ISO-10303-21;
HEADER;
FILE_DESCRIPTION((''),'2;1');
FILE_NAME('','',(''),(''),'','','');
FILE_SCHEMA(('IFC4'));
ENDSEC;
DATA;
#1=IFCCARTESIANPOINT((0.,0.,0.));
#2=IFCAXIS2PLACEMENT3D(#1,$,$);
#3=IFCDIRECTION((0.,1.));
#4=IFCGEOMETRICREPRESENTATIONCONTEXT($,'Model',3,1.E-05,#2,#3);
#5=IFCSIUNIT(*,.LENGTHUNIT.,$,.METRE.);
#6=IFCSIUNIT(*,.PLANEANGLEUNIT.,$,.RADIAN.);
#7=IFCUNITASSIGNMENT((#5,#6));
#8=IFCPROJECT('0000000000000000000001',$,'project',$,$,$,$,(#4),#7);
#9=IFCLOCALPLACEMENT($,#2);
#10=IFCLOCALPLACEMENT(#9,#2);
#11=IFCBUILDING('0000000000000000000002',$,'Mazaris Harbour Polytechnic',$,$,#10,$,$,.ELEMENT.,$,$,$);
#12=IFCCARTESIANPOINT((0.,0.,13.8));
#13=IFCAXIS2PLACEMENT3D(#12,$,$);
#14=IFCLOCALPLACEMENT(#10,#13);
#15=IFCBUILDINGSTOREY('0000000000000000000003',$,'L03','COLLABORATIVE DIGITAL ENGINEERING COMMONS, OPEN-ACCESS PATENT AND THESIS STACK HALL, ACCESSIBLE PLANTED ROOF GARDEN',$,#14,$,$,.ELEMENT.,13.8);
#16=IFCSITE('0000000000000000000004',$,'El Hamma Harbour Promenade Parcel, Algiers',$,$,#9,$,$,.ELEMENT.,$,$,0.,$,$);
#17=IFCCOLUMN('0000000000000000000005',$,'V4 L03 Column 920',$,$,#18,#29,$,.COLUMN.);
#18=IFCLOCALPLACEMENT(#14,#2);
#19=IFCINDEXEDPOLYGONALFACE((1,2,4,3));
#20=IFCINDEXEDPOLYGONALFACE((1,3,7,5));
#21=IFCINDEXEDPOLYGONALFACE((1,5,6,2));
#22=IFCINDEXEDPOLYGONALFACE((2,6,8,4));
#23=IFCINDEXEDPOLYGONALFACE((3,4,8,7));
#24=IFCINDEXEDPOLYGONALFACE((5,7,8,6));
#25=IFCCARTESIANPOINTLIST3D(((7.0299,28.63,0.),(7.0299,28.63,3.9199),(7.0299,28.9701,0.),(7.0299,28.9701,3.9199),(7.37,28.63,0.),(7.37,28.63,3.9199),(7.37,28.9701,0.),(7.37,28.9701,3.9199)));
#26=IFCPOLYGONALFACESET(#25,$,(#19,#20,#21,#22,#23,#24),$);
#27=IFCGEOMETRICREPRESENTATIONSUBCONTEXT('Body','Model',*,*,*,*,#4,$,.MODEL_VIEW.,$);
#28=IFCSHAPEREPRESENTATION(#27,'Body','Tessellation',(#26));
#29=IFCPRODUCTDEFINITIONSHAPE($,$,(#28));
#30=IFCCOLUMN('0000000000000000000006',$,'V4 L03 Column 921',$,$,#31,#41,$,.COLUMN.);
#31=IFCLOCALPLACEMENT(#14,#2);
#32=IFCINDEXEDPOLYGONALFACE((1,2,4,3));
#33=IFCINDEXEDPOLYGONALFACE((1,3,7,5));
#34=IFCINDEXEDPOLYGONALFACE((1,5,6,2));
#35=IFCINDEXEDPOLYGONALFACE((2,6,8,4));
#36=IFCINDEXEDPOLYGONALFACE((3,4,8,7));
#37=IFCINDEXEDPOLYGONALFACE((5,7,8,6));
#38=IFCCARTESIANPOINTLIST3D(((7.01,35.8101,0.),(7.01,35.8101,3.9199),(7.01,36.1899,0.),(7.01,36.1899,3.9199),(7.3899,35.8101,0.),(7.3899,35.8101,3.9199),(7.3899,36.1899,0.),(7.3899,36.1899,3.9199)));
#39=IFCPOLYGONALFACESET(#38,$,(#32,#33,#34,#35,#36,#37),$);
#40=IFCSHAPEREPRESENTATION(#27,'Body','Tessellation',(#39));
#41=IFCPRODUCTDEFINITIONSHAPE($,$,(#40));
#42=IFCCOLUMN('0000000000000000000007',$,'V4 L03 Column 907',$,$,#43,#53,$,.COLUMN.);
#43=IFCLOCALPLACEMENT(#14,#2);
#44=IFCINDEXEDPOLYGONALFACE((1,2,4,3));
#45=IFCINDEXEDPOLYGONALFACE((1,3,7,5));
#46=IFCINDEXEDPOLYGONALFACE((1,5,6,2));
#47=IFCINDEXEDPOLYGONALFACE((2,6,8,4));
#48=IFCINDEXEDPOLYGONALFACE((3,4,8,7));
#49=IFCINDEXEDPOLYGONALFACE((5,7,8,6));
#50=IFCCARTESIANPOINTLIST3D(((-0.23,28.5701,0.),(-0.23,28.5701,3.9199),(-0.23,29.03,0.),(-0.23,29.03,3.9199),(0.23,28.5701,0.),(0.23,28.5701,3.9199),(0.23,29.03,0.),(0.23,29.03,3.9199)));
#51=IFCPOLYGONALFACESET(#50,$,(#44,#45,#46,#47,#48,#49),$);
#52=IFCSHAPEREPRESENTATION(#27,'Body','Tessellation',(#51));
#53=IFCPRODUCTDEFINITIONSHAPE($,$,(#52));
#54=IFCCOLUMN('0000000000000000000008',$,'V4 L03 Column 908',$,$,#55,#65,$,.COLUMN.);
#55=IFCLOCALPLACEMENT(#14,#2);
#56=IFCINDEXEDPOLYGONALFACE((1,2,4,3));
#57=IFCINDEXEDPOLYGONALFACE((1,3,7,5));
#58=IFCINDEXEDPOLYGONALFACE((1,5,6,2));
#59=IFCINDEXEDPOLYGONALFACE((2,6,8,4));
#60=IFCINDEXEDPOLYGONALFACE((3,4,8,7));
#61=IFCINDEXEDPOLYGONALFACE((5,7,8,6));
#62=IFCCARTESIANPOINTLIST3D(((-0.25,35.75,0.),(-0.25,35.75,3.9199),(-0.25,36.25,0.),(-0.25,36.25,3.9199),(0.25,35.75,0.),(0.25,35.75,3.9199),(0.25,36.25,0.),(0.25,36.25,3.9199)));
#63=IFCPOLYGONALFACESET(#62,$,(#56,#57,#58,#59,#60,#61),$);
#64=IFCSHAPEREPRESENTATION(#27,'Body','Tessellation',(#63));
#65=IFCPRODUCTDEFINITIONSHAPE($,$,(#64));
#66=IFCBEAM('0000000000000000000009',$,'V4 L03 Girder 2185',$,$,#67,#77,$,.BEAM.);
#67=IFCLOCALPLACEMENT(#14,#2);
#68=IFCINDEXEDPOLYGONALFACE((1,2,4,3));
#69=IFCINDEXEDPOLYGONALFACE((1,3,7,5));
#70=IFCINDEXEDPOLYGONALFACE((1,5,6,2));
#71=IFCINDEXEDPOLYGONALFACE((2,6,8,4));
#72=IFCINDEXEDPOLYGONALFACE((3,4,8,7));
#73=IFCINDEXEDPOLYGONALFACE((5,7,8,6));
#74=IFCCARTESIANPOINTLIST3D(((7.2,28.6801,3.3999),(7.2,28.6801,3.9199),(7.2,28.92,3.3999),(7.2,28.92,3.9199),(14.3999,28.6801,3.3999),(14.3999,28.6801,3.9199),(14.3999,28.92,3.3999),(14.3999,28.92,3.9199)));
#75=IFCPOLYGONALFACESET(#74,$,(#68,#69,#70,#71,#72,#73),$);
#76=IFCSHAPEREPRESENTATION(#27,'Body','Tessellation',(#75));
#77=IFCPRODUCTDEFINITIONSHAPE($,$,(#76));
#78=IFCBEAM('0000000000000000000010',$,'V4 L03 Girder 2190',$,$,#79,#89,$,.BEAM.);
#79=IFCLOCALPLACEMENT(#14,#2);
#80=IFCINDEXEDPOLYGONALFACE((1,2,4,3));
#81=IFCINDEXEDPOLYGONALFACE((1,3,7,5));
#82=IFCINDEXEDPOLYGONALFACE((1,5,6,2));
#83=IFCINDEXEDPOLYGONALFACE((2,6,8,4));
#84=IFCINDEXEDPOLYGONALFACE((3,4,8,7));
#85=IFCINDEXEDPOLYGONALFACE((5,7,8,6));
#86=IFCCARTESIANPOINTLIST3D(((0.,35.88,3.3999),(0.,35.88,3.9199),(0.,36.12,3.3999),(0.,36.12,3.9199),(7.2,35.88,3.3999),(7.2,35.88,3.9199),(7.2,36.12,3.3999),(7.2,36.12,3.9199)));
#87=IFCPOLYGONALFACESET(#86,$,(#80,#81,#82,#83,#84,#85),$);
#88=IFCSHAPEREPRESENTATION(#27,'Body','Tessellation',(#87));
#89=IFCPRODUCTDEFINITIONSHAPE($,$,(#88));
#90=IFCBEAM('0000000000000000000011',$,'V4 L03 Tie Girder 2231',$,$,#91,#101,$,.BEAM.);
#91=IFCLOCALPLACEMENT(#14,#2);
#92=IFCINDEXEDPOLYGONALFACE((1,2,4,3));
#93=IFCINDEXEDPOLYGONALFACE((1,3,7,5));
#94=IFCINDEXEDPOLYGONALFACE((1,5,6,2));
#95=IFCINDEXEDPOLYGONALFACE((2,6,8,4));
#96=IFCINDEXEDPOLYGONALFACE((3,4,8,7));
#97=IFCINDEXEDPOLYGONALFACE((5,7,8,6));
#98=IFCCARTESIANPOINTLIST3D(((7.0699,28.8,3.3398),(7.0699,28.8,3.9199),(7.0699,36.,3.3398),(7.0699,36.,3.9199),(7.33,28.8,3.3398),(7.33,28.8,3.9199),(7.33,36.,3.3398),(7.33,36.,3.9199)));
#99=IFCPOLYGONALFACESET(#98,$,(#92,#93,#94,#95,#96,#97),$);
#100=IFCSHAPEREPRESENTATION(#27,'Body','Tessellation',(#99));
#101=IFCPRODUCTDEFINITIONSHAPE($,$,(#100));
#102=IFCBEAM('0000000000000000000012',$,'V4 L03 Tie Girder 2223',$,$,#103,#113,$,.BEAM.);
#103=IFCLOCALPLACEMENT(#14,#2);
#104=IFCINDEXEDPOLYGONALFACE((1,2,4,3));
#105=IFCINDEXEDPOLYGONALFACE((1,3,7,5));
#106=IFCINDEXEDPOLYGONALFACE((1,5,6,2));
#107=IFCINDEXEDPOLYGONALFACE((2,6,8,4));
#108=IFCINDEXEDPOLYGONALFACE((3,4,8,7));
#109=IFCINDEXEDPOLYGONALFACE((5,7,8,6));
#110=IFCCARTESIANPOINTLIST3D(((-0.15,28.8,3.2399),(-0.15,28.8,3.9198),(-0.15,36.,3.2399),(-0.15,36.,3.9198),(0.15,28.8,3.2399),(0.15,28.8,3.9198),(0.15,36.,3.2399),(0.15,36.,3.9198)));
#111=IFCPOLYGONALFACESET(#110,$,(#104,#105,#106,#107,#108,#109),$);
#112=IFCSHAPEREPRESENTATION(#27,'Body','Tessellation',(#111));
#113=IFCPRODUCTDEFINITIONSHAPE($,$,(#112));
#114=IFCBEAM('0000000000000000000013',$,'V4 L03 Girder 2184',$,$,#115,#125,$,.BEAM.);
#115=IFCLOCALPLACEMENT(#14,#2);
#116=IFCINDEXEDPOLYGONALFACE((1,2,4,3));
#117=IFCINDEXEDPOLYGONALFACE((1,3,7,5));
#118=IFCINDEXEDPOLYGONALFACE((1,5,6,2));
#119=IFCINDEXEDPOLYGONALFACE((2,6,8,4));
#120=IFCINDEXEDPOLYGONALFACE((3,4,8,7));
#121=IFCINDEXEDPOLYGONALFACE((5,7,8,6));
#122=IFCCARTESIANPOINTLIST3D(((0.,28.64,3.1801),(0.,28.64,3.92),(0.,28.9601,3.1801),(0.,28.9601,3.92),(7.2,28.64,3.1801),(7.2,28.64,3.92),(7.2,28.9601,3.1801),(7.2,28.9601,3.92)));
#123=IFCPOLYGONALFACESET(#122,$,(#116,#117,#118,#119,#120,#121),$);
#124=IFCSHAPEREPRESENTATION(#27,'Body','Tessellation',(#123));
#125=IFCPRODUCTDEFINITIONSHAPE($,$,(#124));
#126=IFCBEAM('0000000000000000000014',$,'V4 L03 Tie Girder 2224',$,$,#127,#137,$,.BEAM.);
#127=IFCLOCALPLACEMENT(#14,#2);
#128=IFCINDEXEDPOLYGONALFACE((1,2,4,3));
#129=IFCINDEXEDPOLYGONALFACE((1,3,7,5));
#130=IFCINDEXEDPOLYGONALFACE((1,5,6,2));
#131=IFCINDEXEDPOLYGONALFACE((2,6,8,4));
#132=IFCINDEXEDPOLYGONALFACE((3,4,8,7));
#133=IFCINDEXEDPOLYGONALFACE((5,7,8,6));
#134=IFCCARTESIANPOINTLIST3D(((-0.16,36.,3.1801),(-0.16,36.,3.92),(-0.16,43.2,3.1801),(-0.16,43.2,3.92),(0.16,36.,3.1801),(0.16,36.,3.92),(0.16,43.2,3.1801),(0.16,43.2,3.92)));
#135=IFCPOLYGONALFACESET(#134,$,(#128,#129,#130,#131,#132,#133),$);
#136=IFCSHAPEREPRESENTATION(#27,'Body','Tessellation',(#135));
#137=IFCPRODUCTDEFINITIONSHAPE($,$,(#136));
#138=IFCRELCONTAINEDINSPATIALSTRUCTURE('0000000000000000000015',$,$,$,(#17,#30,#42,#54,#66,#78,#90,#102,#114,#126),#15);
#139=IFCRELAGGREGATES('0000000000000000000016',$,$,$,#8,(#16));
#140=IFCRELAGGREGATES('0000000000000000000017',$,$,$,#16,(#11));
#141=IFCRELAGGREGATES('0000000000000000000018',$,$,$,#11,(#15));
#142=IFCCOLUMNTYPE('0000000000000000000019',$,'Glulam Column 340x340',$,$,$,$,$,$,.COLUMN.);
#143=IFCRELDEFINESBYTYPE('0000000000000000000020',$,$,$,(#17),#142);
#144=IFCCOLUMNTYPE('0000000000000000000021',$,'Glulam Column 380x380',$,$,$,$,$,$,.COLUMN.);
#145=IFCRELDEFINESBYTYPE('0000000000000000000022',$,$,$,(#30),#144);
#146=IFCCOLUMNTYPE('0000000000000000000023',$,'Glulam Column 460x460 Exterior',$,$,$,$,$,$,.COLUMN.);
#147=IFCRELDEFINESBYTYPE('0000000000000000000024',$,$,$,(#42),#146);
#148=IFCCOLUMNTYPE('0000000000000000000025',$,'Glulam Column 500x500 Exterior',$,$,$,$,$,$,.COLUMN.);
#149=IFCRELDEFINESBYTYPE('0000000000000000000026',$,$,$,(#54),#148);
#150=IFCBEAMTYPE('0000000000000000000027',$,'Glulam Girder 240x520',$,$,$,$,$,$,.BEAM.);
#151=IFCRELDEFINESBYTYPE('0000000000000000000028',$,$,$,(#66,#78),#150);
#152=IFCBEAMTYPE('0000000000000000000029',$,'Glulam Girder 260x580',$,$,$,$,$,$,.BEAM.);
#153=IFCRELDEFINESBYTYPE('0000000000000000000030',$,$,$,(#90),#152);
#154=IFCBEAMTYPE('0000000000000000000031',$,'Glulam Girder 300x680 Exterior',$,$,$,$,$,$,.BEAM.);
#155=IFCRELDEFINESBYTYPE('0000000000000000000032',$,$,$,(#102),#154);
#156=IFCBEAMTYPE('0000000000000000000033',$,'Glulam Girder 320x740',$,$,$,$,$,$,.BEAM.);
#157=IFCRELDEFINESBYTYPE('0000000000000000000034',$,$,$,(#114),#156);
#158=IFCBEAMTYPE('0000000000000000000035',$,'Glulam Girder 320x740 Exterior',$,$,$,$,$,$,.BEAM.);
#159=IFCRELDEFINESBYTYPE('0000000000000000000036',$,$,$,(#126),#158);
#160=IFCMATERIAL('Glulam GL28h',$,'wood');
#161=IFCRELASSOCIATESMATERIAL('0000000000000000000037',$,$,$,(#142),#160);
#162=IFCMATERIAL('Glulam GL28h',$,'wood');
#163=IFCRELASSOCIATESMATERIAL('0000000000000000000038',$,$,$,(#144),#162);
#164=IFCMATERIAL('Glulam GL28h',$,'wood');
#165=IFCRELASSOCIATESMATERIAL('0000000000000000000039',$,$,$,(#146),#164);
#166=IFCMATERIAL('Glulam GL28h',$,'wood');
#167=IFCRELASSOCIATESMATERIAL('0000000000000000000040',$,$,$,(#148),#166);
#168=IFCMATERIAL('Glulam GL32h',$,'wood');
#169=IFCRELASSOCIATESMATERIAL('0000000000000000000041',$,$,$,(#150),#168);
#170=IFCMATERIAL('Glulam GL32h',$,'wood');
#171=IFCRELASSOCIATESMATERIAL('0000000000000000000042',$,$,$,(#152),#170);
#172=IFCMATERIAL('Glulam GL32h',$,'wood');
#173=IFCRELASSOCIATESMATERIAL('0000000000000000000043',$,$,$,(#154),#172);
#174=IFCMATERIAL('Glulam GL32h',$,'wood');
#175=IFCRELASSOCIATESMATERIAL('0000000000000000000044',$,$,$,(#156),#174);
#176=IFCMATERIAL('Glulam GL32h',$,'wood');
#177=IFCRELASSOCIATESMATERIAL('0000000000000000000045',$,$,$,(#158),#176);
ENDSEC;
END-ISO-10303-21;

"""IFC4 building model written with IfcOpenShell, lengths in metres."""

from ifc_helpers import new_model, si_unit, direction, frame, origin, origin_2d, place, context, subcontext, project, spatial, rectangle, extrude, material, material_profile, profile_set, type_object, element, save


model = new_model("IFC4")

# Units and contexts
model_context = context("Model", 3, precision=1e-05, world=origin(), true_north=direction((0.0, 1.0)))
body_context = subcontext(model_context, "Body", "Model", "MODEL_VIEW")
ifc_project = project(units=[si_unit("LENGTHUNIT", "METRE"), si_unit("PLANEANGLEUNIT", "RADIAN")], contexts=[model_context])

# Site, building, storey
site_placement = place(None, origin())
site = spatial("IfcSite", under=ifc_project, at=site_placement, Name="El Hamma Harbour Promenade Parcel, Algiers", CompositionType="ELEMENT", RefElevation=0.0)
building_placement = place(site_placement, origin())
building = spatial("IfcBuilding", under=site, at=building_placement, Name="Mazaris Harbour Polytechnic", CompositionType="ELEMENT")
storey_placement = place(building_placement, frame((0.0, 0.0, 13.8)))
storey = spatial("IfcBuildingStorey", under=building, at=storey_placement, Name="L03", Description="COLLABORATIVE DIGITAL ENGINEERING COMMONS, OPEN-ACCESS PATENT AND THESIS STACK HALL, ACCESSIBLE PLANTED ROOF GARDEN", CompositionType="ELEMENT", Elevation=13.8)

# Columns
ifc_material_1 = material(Name="Glulam GL28h", Category="wood")
ifc_material_profile_1 = material_profile(ifc_material_1, rectangle(XDim=0.3401, YDim=0.3401, at=origin_2d()), Name="RECT340x340")
ifc_profile_set_1 = profile_set([ifc_material_profile_1], Name="Glulam GL28h")
column_type_1 = type_object("IfcColumnType", Name="Glulam Column 340x340", PredefinedType="COLUMN", material=ifc_profile_set_1)
column_1_placement = place(storey_placement, frame((7.2, 28.8, 0.0), z_axis=(0.0, 0.0, 1.0), x_axis=(1.0, 0.0, 0.0)))
element("IfcColumn", 1, at=column_1_placement, inside=storey, type_object=column_type_1, Name="V4 L03 Column 920", PredefinedType="COLUMN", context=body_context, shape_type="SweptSolid", body=[
    extrude(rectangle(XDim=0.3401, YDim=0.3401, at=origin_2d()), origin(), (0.0, 0.0, 1.0), 3.9199),
])
ifc_material_2 = material(Name="Glulam GL28h", Category="wood")
ifc_material_profile_2 = material_profile(ifc_material_2, rectangle(XDim=0.3799, YDim=0.3799, at=origin_2d()), Name="RECT380x380")
ifc_profile_set_2 = profile_set([ifc_material_profile_2], Name="Glulam GL28h")
column_type_2 = type_object("IfcColumnType", Name="Glulam Column 380x380", PredefinedType="COLUMN", material=ifc_profile_set_2)
column_2_placement = place(storey_placement, frame((7.2, 36.0, 0.0), z_axis=(0.0, 0.0, 1.0), x_axis=(1.0, 0.0, 0.0)))
element("IfcColumn", 2, at=column_2_placement, inside=storey, type_object=column_type_2, Name="V4 L03 Column 921", PredefinedType="COLUMN", context=body_context, shape_type="SweptSolid", body=[
    extrude(rectangle(XDim=0.3799, YDim=0.3799, at=origin_2d()), origin(), (0.0, 0.0, 1.0), 3.9199),
])
ifc_material_3 = material(Name="Glulam GL28h", Category="wood")
ifc_material_profile_3 = material_profile(ifc_material_3, rectangle(XDim=0.46, YDim=0.46, at=origin_2d()), Name="RECT460x460")
ifc_profile_set_3 = profile_set([ifc_material_profile_3], Name="Glulam GL28h")
column_type_3 = type_object("IfcColumnType", Name="Glulam Column 460x460 Exterior", PredefinedType="COLUMN", material=ifc_profile_set_3)
column_3_placement = place(storey_placement, frame((0.0, 28.8, 0.0), z_axis=(0.0, 0.0, 1.0), x_axis=(1.0, 0.0, 0.0)))
element("IfcColumn", 3, at=column_3_placement, inside=storey, type_object=column_type_3, Name="V4 L03 Column 907", PredefinedType="COLUMN", context=body_context, shape_type="SweptSolid", body=[
    extrude(rectangle(XDim=0.46, YDim=0.46, at=origin_2d()), origin(), (0.0, 0.0, 1.0), 3.9199),
])
ifc_material_4 = material(Name="Glulam GL28h", Category="wood")
ifc_material_profile_4 = material_profile(ifc_material_4, rectangle(XDim=0.5, YDim=0.5, at=origin_2d()), Name="RECT500x500")
ifc_profile_set_4 = profile_set([ifc_material_profile_4], Name="Glulam GL28h")
column_type_4 = type_object("IfcColumnType", Name="Glulam Column 500x500 Exterior", PredefinedType="COLUMN", material=ifc_profile_set_4)
column_4_placement = place(storey_placement, frame((0.0, 36.0, 0.0), z_axis=(0.0, 0.0, 1.0), x_axis=(1.0, 0.0, 0.0)))
element("IfcColumn", 4, at=column_4_placement, inside=storey, type_object=column_type_4, Name="V4 L03 Column 908", PredefinedType="COLUMN", context=body_context, shape_type="SweptSolid", body=[
    extrude(rectangle(XDim=0.5, YDim=0.5, at=origin_2d()), origin(), (0.0, 0.0, 1.0), 3.9199),
])

# Beams
ifc_material_5 = material(Name="Glulam GL32h", Category="wood")
ifc_material_profile_5 = material_profile(ifc_material_5, rectangle(XDim=0.24, YDim=0.52, at=origin_2d()), Name="RECT240x520")
ifc_profile_set_5 = profile_set([ifc_material_profile_5], Name="Glulam GL32h")
beam_type_1 = type_object("IfcBeamType", Name="Glulam Girder 240x520", PredefinedType="BEAM", material=ifc_profile_set_5)
for number, where, z_axis, x_axis, name in (
    (5, (7.2, 28.8, 3.6599), (1.0, 0.0, 0.0), (0.0, 1.0, 0.0), "V4 L03 Girder 2185"),
    (6, (0.0, 36.0, 3.6599), (1.0, 0.0, 0.0), (0.0, 1.0, 0.0), "V4 L03 Girder 2190"),
):
    element("IfcBeam", number, at=place(storey_placement, frame(where, z_axis=z_axis, x_axis=x_axis)), inside=storey, type_object=beam_type_1, Name=name, PredefinedType="BEAM", context=body_context, shape_type="SweptSolid", body=[
        extrude(rectangle(XDim=0.24, YDim=0.52, at=origin_2d()), origin(), (0.0, 0.0, 1.0), 7.2),
    ])
ifc_material_6 = material(Name="Glulam GL32h", Category="wood")
ifc_material_profile_6 = material_profile(ifc_material_6, rectangle(XDim=0.26, YDim=0.5801, at=origin_2d()), Name="RECT260x580")
ifc_profile_set_6 = profile_set([ifc_material_profile_6], Name="Glulam GL32h")
beam_type_2 = type_object("IfcBeamType", Name="Glulam Girder 260x580", PredefinedType="BEAM", material=ifc_profile_set_6)
beam_1_placement = place(storey_placement, frame((7.2, 28.8, 3.6299), z_axis=(0.0, 1.0, 0.0), x_axis=(-1.0, 0.0, 0.0)))
element("IfcBeam", 7, at=beam_1_placement, inside=storey, type_object=beam_type_2, Name="V4 L03 Tie Girder 2231", PredefinedType="BEAM", context=body_context, shape_type="SweptSolid", body=[
    extrude(rectangle(XDim=0.26, YDim=0.5801, at=origin_2d()), origin(), (0.0, 0.0, 1.0), 7.2),
])
ifc_material_7 = material(Name="Glulam GL32h", Category="wood")
ifc_material_profile_7 = material_profile(ifc_material_7, rectangle(XDim=0.3, YDim=0.6799, at=origin_2d()), Name="RECT300x680")
ifc_profile_set_7 = profile_set([ifc_material_profile_7], Name="Glulam GL32h")
beam_type_3 = type_object("IfcBeamType", Name="Glulam Girder 300x680 Exterior", PredefinedType="BEAM", material=ifc_profile_set_7)
beam_2_placement = place(storey_placement, frame((0.0, 28.8, 3.5798), z_axis=(0.0, 1.0, 0.0), x_axis=(-1.0, 0.0, 0.0)))
element("IfcBeam", 8, at=beam_2_placement, inside=storey, type_object=beam_type_3, Name="V4 L03 Tie Girder 2223", PredefinedType="BEAM", context=body_context, shape_type="SweptSolid", body=[
    extrude(rectangle(XDim=0.3, YDim=0.6799, at=origin_2d()), origin(), (0.0, 0.0, 1.0), 7.2),
])
ifc_material_8 = material(Name="Glulam GL32h", Category="wood")
ifc_material_profile_8 = material_profile(ifc_material_8, rectangle(XDim=0.3201, YDim=0.74, at=origin_2d()), Name="RECT320x740")
ifc_profile_set_8 = profile_set([ifc_material_profile_8], Name="Glulam GL32h")
beam_type_4 = type_object("IfcBeamType", Name="Glulam Girder 320x740", PredefinedType="BEAM", material=ifc_profile_set_8)
beam_3_placement = place(storey_placement, frame((0.0, 28.8, 3.55), z_axis=(1.0, 0.0, 0.0), x_axis=(0.0, 1.0, 0.0)))
element("IfcBeam", 9, at=beam_3_placement, inside=storey, type_object=beam_type_4, Name="V4 L03 Girder 2184", PredefinedType="BEAM", context=body_context, shape_type="SweptSolid", body=[
    extrude(rectangle(XDim=0.3201, YDim=0.74, at=origin_2d()), origin(), (0.0, 0.0, 1.0), 7.2),
])
ifc_material_9 = material(Name="Glulam GL32h", Category="wood")
ifc_material_profile_9 = material_profile(ifc_material_9, rectangle(XDim=0.3201, YDim=0.74, at=origin_2d()), Name="RECT320x740")
ifc_profile_set_9 = profile_set([ifc_material_profile_9], Name="Glulam GL32h")
beam_type_5 = type_object("IfcBeamType", Name="Glulam Girder 320x740 Exterior", PredefinedType="BEAM", material=ifc_profile_set_9)
beam_4_placement = place(storey_placement, frame((0.0, 36.0, 3.55), z_axis=(0.0, 1.0, 0.0), x_axis=(-1.0, 0.0, 0.0)))
element("IfcBeam", 10, at=beam_4_placement, inside=storey, type_object=beam_type_5, Name="V4 L03 Tie Girder 2224", PredefinedType="BEAM", context=body_context, shape_type="SweptSolid", body=[
    extrude(rectangle(XDim=0.3201, YDim=0.74, at=origin_2d()), origin(), (0.0, 0.0, 1.0), 7.2),
])

save(model, "model.ifc")
